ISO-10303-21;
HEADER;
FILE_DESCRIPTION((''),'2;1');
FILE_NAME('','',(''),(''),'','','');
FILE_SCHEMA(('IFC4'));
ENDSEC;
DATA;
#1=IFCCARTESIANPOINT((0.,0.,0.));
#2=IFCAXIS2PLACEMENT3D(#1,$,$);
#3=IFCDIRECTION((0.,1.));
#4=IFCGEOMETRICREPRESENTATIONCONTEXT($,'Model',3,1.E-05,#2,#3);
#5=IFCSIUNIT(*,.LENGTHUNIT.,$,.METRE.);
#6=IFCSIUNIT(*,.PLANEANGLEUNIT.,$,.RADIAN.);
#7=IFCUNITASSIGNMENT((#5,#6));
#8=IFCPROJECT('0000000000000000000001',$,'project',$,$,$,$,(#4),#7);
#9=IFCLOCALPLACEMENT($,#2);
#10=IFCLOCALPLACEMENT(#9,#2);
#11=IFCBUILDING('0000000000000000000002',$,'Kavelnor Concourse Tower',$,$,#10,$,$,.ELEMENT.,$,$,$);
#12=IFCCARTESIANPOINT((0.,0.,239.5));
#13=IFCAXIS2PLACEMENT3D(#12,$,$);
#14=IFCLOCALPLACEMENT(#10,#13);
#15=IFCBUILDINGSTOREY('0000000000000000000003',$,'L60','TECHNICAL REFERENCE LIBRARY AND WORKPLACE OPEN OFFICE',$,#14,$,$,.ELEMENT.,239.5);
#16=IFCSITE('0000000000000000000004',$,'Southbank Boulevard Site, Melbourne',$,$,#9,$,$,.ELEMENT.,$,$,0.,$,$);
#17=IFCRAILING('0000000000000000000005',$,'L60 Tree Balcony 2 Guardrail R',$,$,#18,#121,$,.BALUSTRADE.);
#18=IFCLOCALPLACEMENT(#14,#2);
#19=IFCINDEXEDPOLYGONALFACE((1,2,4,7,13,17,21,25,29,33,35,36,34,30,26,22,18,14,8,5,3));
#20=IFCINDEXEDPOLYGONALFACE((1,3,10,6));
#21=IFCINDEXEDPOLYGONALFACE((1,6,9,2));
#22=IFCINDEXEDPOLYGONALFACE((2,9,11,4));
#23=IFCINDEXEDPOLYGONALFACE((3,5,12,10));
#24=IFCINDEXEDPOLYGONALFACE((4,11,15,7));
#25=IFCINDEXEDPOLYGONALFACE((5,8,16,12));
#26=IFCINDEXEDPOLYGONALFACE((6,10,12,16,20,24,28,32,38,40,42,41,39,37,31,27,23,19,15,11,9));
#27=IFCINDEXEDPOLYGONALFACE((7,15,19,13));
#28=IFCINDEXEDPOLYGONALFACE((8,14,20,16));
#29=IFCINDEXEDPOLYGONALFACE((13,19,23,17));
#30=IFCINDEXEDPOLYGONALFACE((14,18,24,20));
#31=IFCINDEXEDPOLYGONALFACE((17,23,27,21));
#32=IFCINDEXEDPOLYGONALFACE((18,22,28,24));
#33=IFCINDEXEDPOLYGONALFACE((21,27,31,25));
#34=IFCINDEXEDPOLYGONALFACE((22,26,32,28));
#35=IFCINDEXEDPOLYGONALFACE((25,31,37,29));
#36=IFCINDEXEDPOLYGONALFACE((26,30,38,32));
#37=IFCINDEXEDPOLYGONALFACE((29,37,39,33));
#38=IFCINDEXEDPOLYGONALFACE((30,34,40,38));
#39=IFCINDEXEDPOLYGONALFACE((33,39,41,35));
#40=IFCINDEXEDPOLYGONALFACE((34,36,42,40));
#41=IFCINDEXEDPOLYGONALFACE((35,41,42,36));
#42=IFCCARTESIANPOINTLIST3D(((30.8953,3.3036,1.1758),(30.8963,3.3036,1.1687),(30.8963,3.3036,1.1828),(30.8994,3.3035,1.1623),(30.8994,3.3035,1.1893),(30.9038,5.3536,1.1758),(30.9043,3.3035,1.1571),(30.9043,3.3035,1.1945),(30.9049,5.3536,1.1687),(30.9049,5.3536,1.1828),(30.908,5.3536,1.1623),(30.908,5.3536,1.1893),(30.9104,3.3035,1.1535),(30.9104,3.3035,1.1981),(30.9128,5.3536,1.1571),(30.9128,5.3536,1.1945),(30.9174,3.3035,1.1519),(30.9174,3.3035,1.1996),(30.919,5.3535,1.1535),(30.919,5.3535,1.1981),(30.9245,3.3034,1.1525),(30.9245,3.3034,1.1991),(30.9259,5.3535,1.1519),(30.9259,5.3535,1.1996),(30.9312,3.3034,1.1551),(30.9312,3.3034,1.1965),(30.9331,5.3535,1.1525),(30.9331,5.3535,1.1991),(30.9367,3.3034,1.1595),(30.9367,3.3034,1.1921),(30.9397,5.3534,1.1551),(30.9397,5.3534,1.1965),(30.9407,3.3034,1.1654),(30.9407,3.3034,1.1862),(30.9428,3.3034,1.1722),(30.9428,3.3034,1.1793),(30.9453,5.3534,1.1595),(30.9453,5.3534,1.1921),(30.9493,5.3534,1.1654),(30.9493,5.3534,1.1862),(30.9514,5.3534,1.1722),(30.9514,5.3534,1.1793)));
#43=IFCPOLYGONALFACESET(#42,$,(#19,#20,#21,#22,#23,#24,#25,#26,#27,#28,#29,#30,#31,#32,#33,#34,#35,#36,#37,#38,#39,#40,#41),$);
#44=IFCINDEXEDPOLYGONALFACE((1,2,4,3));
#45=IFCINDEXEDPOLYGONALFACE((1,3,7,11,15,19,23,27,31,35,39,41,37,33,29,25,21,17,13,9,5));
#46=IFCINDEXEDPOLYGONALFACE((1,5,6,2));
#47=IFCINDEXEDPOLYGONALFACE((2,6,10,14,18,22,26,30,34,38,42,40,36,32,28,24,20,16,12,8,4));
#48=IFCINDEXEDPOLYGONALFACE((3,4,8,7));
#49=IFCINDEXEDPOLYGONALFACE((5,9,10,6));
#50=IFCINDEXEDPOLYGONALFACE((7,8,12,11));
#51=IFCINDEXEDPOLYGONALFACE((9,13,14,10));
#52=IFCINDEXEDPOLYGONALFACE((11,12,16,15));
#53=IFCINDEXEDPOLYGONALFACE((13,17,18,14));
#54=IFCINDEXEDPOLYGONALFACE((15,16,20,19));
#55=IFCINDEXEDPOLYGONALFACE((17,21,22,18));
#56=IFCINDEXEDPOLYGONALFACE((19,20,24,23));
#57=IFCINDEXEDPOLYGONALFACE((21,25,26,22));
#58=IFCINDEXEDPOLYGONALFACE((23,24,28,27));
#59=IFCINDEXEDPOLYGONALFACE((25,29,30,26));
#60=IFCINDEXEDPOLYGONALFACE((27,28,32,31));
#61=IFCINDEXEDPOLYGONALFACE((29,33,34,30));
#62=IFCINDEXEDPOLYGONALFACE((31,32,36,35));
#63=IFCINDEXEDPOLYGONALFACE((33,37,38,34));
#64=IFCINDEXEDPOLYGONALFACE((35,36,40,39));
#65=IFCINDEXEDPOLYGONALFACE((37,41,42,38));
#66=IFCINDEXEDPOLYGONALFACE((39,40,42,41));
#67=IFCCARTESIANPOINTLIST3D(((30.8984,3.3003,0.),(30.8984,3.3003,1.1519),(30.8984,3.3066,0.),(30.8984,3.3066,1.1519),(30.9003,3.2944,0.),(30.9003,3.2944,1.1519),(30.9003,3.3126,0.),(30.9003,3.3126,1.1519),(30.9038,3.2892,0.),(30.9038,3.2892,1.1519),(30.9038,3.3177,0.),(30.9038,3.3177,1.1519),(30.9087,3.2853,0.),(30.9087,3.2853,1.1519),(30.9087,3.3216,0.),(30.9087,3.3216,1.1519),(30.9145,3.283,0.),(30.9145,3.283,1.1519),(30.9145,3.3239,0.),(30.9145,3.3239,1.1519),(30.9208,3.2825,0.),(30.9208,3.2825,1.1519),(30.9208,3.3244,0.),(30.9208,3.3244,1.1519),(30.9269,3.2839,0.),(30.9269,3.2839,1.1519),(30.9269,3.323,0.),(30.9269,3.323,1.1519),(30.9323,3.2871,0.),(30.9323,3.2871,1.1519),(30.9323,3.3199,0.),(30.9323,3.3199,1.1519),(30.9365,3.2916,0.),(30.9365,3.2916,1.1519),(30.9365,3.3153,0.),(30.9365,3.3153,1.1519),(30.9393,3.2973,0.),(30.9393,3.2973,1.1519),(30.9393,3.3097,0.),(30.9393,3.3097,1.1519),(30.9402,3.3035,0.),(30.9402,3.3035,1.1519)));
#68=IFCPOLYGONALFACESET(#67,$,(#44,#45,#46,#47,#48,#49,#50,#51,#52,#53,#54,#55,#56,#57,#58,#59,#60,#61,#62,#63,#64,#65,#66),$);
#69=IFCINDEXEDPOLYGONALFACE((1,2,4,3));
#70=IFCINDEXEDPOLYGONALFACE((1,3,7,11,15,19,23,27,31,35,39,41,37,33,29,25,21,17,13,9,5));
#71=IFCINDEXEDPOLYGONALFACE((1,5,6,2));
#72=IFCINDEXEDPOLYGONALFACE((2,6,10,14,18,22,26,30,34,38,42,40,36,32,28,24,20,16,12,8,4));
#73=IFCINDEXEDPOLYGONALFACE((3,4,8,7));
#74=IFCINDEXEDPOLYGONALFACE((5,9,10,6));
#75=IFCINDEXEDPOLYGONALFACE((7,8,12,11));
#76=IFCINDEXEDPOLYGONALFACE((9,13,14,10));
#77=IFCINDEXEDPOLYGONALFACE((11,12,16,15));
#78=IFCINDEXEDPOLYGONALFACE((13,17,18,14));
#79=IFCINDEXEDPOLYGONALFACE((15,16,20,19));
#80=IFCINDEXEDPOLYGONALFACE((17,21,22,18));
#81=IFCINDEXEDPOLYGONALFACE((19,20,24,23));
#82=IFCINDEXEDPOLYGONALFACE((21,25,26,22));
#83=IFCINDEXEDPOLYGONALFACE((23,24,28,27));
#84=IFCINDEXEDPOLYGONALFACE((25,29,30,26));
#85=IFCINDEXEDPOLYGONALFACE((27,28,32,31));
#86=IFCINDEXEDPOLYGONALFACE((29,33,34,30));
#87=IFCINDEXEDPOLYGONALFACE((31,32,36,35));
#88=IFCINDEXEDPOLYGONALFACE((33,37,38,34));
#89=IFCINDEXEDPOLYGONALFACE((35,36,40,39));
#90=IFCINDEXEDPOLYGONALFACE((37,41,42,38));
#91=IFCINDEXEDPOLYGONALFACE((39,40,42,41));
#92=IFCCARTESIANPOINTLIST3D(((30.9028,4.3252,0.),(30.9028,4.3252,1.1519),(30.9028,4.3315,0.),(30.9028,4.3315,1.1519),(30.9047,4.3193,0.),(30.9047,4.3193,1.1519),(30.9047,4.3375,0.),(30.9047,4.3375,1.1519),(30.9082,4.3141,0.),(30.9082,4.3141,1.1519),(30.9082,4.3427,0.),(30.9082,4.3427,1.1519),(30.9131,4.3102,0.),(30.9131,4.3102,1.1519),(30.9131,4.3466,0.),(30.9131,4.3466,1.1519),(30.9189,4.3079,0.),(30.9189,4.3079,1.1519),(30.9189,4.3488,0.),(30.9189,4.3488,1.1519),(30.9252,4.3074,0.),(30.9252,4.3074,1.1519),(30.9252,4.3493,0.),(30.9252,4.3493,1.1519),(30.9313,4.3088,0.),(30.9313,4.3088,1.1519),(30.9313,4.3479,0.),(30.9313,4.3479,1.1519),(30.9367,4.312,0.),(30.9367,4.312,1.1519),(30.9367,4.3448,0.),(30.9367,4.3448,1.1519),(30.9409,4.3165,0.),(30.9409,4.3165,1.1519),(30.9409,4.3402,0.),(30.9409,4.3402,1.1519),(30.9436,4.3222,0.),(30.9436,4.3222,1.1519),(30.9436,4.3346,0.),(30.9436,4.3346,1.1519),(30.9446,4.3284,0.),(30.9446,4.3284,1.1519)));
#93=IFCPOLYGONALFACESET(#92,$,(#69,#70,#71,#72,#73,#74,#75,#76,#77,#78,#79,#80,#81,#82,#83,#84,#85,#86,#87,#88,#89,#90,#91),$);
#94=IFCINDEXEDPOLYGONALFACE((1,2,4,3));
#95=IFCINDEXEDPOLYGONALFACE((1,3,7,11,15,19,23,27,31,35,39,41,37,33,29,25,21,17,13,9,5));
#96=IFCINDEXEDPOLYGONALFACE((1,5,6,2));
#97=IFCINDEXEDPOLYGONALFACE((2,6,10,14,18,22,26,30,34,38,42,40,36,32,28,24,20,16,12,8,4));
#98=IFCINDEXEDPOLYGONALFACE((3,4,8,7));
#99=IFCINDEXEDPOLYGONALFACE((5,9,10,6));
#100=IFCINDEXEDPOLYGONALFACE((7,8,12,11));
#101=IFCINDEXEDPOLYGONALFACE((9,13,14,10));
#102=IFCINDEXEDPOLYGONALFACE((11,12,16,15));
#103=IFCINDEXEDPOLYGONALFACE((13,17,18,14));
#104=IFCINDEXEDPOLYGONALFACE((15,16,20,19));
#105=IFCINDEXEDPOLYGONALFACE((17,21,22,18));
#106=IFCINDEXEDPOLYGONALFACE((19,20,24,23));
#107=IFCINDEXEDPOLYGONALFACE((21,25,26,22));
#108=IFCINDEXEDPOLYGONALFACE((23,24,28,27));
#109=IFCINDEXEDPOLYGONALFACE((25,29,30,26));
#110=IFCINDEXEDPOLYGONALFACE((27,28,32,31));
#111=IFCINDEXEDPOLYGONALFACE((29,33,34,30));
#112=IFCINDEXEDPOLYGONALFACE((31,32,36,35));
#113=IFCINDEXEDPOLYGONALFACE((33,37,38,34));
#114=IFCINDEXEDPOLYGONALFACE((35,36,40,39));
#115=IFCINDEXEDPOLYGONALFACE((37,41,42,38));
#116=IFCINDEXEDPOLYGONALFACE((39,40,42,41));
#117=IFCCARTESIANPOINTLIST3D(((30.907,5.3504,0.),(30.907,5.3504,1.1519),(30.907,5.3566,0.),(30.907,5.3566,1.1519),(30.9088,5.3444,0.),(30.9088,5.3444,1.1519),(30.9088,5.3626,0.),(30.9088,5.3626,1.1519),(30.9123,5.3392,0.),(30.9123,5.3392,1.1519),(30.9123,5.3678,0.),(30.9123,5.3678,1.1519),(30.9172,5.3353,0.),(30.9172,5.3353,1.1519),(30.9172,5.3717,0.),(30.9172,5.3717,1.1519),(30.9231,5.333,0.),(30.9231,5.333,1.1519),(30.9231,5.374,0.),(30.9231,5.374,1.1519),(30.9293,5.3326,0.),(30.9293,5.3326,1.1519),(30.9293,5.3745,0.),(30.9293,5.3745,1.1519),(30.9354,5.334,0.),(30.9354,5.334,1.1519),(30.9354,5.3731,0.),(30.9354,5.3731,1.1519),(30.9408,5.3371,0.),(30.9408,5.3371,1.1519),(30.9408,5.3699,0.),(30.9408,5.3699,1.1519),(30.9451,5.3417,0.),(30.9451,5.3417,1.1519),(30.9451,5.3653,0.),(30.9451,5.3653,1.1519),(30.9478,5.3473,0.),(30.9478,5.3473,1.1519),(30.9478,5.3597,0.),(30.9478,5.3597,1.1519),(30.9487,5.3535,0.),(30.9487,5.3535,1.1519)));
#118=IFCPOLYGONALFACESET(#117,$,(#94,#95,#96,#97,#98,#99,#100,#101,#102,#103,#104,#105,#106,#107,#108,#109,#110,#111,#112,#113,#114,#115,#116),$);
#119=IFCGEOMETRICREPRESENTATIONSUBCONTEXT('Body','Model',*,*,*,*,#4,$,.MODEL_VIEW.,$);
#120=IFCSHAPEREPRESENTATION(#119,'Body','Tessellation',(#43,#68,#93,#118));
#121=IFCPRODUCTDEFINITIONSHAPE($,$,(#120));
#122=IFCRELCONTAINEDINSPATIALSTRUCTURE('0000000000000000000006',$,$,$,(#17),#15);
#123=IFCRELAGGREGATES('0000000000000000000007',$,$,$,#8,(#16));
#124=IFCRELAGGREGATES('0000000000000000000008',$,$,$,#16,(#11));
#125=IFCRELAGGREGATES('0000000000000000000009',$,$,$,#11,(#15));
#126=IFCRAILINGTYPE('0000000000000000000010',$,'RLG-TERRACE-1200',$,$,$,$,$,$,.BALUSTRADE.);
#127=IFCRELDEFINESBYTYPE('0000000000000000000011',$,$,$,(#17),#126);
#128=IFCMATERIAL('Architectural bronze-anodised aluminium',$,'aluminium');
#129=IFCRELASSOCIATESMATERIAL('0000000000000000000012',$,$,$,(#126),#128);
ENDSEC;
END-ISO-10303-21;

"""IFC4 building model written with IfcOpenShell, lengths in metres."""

from ifc_helpers import new_model, si_unit, direction, frame, origin, origin_2d, place, context, subcontext, project, spatial, circle, extrude, material, type_object, element, save


model = new_model("IFC4")

# Units and contexts
model_context = context("Model", 3, precision=1e-05, world=origin(), true_north=direction((0.0, 1.0)))
body_context = subcontext(model_context, "Body", "Model", "MODEL_VIEW")
ifc_project = project(units=[si_unit("LENGTHUNIT", "METRE"), si_unit("PLANEANGLEUNIT", "RADIAN")], contexts=[model_context])

# Site, building, storey
site_placement = place(None, origin())
site = spatial("IfcSite", under=ifc_project, at=site_placement, Name="Southbank Boulevard Site, Melbourne", CompositionType="ELEMENT", RefElevation=0.0)
building_placement = place(site_placement, origin())
building = spatial("IfcBuilding", under=site, at=building_placement, Name="Kavelnor Concourse Tower", CompositionType="ELEMENT")
storey_placement = place(building_placement, frame((0.0, 0.0, 239.5)))
storey = spatial("IfcBuildingStorey", under=building, at=storey_placement, Name="L60", Description="TECHNICAL REFERENCE LIBRARY AND WORKPLACE OPEN OFFICE", CompositionType="ELEMENT", Elevation=239.5)

# Railing
ifc_material_1 = material(Name="Architectural bronze-anodised aluminium", Category="aluminium")
railing_type = type_object("IfcRailingType", Name="RLG-TERRACE-1200", PredefinedType="BALUSTRADE", material=ifc_material_1)
railing_placement = place(storey_placement, frame((30.9192, 3.3035, 0.0)))
element("IfcRailing", 1, at=railing_placement, inside=storey, type_object=railing_type, Name="L60 Tree Balcony 2 Guardrail R", PredefinedType="BALUSTRADE", context=body_context, shape_type="SweptSolid", body=[
    extrude(circle(Radius=0.0239, at=origin_2d()), frame((0.0, 0.0, 1.1758), z_axis=(0.004168, 0.999991, 0.0), x_axis=(-0.999991, 0.004168, 0.0)), (0.0, 0.0, 1.0), 2.05),
    extrude(circle(Radius=0.021, at=origin_2d()), origin(), (0.0, 0.0, 1.0), 1.1519),
    extrude(circle(Radius=0.021, at=origin_2d()), frame((0.0044, 1.0249, 0.0)), (0.0, 0.0, 1.0), 1.1519),
    extrude(circle(Radius=0.021, at=origin_2d()), frame((0.0085, 2.05, 0.0)), (0.0, 0.0, 1.0), 1.1519),
])

save(model, "model.ifc")
